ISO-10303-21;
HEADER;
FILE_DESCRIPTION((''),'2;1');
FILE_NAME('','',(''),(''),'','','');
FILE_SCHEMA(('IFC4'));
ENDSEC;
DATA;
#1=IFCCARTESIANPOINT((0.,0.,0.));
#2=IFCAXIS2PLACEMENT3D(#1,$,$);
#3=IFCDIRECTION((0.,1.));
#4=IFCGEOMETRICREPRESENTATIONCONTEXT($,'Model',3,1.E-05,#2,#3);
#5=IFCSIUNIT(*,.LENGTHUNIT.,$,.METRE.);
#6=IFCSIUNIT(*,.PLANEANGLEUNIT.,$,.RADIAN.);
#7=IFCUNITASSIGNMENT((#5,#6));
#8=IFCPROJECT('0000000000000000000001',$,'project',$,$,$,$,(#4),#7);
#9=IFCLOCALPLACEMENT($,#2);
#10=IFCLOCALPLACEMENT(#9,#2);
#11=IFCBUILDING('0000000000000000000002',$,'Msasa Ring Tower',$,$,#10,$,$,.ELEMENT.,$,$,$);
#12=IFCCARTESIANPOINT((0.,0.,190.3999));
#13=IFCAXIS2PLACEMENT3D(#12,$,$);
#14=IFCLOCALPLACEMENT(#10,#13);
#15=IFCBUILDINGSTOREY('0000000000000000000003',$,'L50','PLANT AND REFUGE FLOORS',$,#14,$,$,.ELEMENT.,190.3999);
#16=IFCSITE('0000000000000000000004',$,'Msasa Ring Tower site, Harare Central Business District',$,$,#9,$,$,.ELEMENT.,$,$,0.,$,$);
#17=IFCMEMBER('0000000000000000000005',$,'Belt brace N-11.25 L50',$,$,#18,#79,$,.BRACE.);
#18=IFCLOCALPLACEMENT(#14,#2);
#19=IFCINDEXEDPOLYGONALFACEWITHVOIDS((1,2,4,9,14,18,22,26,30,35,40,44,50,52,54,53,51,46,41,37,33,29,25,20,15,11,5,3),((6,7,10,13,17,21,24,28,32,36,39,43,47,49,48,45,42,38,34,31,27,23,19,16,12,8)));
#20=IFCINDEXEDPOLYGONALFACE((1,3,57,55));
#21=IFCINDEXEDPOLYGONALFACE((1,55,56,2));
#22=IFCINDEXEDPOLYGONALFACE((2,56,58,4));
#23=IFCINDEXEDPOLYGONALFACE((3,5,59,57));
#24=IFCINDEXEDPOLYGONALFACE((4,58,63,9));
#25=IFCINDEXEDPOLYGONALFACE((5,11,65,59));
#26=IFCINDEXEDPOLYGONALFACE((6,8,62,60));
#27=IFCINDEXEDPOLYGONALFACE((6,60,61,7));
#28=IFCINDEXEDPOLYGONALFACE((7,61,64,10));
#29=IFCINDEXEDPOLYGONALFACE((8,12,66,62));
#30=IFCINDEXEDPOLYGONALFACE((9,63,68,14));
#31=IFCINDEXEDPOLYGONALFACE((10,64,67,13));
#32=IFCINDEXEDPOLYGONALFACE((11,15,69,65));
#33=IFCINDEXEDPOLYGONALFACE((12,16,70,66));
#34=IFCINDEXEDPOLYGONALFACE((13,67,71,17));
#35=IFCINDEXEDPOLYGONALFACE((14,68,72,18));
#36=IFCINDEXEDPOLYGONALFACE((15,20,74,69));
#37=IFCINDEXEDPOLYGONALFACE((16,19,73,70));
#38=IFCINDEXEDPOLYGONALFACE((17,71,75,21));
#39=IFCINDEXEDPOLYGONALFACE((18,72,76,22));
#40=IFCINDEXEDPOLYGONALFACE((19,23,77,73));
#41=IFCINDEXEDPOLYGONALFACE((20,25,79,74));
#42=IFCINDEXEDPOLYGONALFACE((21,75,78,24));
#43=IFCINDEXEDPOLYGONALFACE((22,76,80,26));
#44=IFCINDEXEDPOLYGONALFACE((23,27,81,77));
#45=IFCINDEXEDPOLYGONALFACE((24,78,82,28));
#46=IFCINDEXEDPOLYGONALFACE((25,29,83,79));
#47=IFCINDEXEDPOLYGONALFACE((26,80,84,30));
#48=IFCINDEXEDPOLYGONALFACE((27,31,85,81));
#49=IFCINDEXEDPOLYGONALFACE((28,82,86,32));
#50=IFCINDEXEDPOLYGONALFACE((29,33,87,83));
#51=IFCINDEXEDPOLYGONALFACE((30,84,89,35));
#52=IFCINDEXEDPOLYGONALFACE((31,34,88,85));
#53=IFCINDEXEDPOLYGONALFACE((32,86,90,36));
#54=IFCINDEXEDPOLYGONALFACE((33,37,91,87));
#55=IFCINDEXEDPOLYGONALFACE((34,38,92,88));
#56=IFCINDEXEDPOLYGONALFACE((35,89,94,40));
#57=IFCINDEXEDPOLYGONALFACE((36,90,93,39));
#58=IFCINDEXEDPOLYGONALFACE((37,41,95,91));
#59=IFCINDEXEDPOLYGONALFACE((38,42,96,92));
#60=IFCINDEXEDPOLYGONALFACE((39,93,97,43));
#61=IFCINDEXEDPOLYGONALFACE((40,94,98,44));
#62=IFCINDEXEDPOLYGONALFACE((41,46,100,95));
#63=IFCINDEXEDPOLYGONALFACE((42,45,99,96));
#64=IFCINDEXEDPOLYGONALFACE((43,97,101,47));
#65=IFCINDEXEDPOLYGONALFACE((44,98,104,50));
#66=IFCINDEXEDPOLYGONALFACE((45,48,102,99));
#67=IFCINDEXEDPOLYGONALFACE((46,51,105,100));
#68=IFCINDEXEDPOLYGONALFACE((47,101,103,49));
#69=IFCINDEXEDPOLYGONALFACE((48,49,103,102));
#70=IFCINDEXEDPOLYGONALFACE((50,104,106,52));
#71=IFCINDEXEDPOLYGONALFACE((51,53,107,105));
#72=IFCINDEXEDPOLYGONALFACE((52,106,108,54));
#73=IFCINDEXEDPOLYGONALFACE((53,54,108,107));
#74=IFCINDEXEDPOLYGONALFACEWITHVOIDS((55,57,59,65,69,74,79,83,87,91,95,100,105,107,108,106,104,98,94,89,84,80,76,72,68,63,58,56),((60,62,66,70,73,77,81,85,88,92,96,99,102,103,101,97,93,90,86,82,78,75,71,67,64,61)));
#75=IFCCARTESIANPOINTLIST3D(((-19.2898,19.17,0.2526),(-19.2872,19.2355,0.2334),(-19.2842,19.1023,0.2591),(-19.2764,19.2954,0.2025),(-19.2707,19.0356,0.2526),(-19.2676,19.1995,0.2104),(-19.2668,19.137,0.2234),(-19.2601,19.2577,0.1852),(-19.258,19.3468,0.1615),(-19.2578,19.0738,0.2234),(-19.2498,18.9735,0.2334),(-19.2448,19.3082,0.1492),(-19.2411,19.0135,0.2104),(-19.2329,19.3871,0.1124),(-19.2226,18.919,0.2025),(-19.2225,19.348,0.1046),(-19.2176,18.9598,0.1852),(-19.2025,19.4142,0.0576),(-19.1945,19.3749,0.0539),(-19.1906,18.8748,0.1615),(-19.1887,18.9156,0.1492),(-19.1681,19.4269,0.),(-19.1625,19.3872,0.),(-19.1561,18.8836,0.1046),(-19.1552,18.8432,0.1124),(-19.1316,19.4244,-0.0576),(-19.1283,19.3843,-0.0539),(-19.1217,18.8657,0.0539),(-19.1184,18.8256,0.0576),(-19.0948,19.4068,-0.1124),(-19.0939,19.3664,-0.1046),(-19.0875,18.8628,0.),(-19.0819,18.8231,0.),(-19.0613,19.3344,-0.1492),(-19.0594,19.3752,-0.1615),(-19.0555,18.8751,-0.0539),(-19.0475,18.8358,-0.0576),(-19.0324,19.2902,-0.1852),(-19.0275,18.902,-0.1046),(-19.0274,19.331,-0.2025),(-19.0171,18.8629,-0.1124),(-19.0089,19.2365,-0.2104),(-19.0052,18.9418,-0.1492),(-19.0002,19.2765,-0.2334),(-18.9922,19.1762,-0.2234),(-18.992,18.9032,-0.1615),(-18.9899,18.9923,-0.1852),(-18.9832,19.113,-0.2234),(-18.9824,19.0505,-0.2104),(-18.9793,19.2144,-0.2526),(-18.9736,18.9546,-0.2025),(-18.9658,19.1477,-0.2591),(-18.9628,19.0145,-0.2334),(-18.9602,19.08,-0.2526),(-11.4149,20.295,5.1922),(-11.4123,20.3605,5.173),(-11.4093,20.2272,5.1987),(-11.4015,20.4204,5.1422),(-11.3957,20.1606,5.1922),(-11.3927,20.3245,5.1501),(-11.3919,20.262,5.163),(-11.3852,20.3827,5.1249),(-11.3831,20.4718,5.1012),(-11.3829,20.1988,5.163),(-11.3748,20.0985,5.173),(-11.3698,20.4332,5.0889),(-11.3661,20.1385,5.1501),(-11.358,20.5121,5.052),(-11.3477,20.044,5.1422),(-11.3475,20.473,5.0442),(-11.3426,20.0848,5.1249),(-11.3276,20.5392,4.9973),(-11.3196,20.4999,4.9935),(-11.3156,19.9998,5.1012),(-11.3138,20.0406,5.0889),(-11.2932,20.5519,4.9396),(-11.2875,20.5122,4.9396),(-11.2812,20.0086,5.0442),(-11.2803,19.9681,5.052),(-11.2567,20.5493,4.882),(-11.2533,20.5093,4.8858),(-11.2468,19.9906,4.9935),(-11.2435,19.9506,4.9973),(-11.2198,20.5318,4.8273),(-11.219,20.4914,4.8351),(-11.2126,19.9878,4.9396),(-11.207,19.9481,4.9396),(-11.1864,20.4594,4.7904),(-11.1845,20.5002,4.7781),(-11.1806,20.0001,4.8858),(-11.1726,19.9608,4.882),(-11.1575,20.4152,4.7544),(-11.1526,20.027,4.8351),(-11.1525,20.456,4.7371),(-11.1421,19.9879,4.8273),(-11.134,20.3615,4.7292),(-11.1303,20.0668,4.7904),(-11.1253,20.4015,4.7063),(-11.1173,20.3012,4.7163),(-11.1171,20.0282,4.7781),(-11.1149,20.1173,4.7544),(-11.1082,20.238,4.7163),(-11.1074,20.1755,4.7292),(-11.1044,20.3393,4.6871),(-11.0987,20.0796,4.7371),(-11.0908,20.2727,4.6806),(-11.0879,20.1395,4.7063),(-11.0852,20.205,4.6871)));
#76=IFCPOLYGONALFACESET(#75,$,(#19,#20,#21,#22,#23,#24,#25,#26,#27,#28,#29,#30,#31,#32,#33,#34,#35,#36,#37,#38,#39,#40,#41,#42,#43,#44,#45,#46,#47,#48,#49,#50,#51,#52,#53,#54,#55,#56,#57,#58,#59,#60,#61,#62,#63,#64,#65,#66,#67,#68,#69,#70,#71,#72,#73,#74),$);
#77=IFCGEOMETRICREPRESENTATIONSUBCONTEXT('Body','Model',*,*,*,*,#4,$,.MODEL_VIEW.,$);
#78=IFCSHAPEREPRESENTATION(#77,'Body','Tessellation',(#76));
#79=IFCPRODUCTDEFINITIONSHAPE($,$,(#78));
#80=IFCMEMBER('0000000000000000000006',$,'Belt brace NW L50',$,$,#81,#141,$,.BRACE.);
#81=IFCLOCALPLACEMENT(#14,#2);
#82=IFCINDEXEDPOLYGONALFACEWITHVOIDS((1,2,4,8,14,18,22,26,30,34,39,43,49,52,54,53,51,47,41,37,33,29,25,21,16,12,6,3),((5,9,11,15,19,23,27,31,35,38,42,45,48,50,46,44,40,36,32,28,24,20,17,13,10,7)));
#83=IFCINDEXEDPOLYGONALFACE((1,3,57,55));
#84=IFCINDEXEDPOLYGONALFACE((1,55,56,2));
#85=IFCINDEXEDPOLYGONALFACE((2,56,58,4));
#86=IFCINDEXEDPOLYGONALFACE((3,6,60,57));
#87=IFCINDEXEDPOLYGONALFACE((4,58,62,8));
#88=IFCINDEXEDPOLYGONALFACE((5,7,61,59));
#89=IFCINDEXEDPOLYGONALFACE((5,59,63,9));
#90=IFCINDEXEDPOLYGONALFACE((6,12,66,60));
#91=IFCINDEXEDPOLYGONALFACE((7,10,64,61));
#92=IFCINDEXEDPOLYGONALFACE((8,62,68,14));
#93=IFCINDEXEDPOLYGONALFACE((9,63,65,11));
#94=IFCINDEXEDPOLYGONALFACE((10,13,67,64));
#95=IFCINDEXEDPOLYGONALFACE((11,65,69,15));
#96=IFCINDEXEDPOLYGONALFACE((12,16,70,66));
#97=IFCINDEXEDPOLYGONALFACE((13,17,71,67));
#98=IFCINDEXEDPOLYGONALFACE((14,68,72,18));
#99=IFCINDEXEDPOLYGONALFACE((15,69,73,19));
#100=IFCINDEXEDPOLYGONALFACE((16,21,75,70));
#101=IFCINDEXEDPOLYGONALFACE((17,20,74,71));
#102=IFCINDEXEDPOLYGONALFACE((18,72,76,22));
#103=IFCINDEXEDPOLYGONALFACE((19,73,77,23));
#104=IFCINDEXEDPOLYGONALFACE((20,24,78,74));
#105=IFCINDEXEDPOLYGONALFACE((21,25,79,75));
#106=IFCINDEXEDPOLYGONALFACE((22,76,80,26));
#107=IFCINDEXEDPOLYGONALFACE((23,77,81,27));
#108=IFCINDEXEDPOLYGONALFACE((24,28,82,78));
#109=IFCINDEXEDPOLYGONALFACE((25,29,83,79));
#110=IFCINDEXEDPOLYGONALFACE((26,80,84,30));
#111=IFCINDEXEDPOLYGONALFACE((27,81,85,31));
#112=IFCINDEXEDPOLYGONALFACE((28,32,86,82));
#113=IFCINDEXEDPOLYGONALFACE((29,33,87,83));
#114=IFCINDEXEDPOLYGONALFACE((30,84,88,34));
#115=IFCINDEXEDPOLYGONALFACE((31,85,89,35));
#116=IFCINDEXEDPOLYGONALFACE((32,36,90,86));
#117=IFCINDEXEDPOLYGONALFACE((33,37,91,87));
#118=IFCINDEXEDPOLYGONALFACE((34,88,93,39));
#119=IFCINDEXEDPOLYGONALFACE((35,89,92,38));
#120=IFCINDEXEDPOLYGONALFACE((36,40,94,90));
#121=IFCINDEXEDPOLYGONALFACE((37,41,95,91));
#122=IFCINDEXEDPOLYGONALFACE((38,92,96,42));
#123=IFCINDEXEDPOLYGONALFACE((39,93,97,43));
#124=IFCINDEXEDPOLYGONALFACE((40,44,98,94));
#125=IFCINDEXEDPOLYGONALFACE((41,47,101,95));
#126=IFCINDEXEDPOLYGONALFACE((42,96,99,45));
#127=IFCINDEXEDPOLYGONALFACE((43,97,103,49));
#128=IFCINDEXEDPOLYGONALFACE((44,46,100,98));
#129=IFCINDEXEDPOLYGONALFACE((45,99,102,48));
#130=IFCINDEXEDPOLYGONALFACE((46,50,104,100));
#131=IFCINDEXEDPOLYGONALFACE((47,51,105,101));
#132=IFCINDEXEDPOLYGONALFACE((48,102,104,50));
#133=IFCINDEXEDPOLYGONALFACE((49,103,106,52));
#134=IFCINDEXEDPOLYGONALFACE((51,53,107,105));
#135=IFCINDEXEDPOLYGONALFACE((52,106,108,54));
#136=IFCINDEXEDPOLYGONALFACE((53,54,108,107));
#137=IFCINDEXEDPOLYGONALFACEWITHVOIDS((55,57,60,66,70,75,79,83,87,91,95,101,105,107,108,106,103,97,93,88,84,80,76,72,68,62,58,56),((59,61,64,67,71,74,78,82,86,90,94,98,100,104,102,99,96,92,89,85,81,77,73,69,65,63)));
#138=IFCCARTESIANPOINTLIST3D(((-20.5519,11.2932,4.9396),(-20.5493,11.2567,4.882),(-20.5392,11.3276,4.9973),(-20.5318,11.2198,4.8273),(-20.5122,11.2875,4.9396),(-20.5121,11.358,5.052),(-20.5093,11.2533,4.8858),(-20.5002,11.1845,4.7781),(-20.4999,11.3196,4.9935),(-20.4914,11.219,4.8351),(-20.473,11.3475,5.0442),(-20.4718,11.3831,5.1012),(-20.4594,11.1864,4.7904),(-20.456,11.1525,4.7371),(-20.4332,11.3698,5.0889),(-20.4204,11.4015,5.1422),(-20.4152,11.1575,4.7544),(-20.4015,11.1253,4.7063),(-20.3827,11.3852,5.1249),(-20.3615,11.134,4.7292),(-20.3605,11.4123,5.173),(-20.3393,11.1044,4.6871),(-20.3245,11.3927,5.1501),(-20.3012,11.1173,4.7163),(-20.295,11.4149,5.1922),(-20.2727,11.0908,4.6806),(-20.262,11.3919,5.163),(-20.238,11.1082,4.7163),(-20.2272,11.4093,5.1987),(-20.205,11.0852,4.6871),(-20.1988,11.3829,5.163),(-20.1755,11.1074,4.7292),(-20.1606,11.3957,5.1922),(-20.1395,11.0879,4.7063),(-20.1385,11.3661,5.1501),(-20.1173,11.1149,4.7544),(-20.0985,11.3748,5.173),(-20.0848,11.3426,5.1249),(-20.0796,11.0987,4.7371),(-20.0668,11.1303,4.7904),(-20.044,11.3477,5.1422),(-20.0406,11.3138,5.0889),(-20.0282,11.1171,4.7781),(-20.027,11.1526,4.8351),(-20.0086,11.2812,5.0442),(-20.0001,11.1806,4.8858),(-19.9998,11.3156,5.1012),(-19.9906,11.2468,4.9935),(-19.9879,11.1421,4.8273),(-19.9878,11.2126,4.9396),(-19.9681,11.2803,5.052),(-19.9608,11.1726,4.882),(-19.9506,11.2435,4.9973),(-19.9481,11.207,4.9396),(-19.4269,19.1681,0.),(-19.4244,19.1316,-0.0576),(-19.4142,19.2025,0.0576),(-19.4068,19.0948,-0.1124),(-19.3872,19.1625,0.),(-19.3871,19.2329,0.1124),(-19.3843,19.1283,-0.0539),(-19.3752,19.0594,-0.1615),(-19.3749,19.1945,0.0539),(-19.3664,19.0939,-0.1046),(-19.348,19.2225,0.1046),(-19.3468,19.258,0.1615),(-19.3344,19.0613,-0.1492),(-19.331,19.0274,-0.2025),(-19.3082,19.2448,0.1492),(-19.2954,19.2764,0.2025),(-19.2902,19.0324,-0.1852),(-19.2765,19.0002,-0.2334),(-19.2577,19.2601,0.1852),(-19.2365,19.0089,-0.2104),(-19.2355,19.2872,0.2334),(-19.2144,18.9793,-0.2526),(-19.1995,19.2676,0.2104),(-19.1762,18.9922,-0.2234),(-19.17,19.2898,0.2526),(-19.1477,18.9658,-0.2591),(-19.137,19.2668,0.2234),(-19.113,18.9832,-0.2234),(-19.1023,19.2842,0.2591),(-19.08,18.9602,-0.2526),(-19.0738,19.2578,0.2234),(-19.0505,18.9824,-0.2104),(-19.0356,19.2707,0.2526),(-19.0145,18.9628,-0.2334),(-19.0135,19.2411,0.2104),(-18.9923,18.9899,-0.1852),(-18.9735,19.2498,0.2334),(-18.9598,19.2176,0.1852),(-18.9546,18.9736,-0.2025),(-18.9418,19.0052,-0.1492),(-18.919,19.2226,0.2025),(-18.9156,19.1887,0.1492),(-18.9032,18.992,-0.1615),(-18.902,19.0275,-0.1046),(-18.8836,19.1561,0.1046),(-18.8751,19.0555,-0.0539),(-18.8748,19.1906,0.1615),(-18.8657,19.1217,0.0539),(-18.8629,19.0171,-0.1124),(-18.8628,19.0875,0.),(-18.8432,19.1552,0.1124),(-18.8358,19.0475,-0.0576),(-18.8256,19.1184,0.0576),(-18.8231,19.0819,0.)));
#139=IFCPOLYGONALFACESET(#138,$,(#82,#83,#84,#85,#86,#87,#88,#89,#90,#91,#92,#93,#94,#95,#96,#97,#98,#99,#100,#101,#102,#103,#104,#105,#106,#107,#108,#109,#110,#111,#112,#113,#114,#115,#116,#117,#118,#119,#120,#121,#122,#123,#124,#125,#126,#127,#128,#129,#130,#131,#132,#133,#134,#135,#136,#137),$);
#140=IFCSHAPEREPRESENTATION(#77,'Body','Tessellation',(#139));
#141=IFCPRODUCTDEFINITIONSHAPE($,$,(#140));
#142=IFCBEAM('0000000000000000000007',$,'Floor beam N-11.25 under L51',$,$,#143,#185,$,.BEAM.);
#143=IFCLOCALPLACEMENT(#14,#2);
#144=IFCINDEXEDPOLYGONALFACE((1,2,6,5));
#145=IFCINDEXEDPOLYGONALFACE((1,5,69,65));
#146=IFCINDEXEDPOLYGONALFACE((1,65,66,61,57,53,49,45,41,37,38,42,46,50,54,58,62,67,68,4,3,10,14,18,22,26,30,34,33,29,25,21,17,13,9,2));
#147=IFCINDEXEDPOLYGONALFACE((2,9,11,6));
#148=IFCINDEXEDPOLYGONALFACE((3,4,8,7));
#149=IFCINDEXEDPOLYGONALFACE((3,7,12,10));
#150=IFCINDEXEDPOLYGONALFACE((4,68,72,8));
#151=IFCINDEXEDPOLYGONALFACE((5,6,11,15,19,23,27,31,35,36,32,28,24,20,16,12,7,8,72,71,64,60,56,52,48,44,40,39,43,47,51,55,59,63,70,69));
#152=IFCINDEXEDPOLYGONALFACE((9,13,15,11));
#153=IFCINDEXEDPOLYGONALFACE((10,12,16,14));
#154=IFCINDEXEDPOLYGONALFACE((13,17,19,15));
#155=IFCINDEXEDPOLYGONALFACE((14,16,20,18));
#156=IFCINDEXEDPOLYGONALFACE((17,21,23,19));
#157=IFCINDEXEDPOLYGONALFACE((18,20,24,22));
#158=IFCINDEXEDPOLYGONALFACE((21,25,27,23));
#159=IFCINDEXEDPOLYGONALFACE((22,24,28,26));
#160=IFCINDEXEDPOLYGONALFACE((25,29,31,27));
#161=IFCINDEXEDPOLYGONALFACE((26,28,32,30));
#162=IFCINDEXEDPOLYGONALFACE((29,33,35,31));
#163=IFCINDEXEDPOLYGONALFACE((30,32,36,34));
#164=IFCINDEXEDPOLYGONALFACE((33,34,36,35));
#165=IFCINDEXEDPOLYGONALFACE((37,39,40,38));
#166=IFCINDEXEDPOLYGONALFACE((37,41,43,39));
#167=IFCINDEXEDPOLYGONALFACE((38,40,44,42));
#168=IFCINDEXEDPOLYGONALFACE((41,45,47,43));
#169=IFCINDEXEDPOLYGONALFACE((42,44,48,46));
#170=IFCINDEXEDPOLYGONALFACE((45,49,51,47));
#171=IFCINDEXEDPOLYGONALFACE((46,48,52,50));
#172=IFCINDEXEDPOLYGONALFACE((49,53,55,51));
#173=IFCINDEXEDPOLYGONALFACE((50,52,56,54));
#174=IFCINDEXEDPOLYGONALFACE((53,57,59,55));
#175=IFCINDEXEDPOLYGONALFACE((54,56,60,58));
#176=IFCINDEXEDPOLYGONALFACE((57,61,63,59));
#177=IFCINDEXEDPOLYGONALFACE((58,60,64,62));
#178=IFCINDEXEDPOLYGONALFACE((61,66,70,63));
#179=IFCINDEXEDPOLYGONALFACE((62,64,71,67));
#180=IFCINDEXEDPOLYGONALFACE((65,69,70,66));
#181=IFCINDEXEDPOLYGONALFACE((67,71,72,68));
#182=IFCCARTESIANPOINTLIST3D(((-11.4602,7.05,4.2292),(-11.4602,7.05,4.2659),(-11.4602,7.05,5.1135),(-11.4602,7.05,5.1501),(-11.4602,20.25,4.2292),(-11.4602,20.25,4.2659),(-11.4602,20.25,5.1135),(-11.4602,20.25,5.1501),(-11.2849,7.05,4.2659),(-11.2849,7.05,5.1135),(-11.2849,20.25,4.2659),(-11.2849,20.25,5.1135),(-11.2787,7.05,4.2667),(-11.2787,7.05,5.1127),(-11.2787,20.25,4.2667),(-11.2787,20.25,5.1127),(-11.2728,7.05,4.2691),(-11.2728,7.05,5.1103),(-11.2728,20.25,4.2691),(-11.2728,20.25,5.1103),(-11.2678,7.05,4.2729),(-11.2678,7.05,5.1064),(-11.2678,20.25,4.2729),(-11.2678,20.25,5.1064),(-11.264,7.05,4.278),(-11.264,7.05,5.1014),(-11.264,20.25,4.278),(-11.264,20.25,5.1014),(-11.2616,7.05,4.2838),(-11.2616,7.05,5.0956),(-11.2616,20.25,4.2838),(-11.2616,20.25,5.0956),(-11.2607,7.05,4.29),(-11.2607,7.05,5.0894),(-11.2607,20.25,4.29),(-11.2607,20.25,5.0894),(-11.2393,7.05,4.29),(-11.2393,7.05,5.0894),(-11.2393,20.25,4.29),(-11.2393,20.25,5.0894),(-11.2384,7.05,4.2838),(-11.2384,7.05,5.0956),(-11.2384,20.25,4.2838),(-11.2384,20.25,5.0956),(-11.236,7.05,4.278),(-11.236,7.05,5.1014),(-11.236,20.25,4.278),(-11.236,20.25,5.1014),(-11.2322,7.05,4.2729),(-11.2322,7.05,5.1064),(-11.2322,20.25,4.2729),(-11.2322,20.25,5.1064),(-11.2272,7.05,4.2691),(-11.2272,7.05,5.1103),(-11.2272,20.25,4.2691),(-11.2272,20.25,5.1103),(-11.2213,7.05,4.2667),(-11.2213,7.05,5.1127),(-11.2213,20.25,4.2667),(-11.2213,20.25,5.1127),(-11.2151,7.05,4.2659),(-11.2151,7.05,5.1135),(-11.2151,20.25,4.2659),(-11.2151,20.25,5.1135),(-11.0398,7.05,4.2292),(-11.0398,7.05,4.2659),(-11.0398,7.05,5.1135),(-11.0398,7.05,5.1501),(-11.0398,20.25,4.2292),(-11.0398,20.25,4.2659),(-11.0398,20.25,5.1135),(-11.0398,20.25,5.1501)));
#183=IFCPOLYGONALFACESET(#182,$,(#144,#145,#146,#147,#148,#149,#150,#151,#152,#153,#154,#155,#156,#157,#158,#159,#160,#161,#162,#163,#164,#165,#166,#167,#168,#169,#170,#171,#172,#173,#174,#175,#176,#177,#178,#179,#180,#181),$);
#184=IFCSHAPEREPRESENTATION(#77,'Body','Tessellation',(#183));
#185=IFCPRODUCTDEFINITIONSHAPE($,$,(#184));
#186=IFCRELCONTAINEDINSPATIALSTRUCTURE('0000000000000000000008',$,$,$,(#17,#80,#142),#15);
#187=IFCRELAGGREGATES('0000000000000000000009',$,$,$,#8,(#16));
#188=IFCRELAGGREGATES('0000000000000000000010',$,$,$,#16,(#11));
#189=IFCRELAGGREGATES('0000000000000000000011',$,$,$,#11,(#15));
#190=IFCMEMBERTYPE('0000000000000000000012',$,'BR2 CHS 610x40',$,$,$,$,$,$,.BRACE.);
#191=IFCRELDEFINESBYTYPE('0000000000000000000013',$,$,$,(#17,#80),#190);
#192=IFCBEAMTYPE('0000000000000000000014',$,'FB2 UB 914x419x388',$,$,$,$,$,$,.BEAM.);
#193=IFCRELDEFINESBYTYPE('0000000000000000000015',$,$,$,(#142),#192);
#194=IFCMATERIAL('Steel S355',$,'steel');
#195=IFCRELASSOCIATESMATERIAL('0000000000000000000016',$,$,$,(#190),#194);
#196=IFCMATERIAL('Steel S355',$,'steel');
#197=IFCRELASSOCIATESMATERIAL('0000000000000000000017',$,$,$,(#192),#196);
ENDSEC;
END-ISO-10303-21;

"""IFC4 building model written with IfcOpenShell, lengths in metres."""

from ifc_helpers import new_model, si_unit, direction, frame, origin, origin_2d, place, context, subcontext, project, spatial, hollow_circle, i_section, extrude, material, material_profile, profile_set, type_object, element, save


model = new_model("IFC4")

# Units and contexts
model_context = context("Model", 3, precision=1e-05, world=origin(), true_north=direction((0.0, 1.0)))
body_context = subcontext(model_context, "Body", "Model", "MODEL_VIEW")
ifc_project = project(units=[si_unit("LENGTHUNIT", "METRE"), si_unit("PLANEANGLEUNIT", "RADIAN")], contexts=[model_context])

# Site, building, storey
site_placement = place(None, origin())
site = spatial("IfcSite", under=ifc_project, at=site_placement, Name="Msasa Ring Tower site, Harare Central Business District", CompositionType="ELEMENT", RefElevation=0.0)
building_placement = place(site_placement, origin())
building = spatial("IfcBuilding", under=site, at=building_placement, Name="Msasa Ring Tower", CompositionType="ELEMENT")
storey_placement = place(building_placement, frame((0.0, 0.0, 190.3999)))
storey = spatial("IfcBuildingStorey", under=building, at=storey_placement, Name="L50", Description="PLANT AND REFUGE FLOORS", CompositionType="ELEMENT", Elevation=190.3999)

# Members
ifc_material_1 = material(Name="Steel S355", Category="steel")
ifc_material_profile_1 = material_profile(ifc_material_1, hollow_circle(Radius=0.3049, WallThickness=0.04, at=origin_2d()), Name="CHS 610x40")
ifc_profile_set_1 = profile_set([ifc_material_profile_1], Name="Steel S355")
member_type = type_object("IfcMemberType", Name="BR2 CHS 610x40", PredefinedType="BRACE", material=ifc_profile_set_1)
for number, where, z_axis, x_axis, name in (
    (1, (-19.125, 19.125, 0.0), (0.840999, 0.120143, 0.527528), (-0.141421, 0.989949, 0.0), "Belt brace N-11.25 L50"),
    (2, (-19.125, 19.125, 0.0), (-0.120143, -0.840999, 0.527528), (0.989949, -0.141421, 0.0), "Belt brace NW L50"),
):
    element("IfcMember", number, at=place(storey_placement, frame(where, z_axis=z_axis, x_axis=x_axis)), inside=storey, type_object=member_type, Name=name, PredefinedType="BRACE", context=body_context, shape_type="SweptSolid", body=[
        extrude(hollow_circle(Radius=0.3049, WallThickness=0.04, at=origin_2d()), origin(), (0.0, 0.0, 1.0), 9.3638),
    ])

# Beam
ifc_material_2 = material(Name="Steel S355", Category="steel")
ifc_material_profile_2 = material_profile(ifc_material_2, i_section(OverallWidth=0.4204, OverallDepth=0.9209, WebThickness=0.0215, FlangeThickness=0.0366, FilletRadius=0.0242, at=origin_2d()), Name="UB 914x419x388")
ifc_profile_set_2 = profile_set([ifc_material_profile_2], Name="Steel S355")
beam_type_1 = type_object("IfcBeamType", Name="FB2 UB 914x419x388", PredefinedType="BEAM", material=ifc_profile_set_2)
beam_1_placement = place(storey_placement, frame((-11.25, 20.25, 4.6897), z_axis=(0.0, -1.0, 0.0), x_axis=(1.0, 0.0, 0.0)))
element("IfcBeam", 3, at=beam_1_placement, inside=storey, type_object=beam_type_1, Name="Floor beam N-11.25 under L51", PredefinedType="BEAM", context=body_context, shape_type="SweptSolid", body=[
    extrude(i_section(OverallWidth=0.4204, OverallDepth=0.9209, WebThickness=0.0215, FlangeThickness=0.0366, FilletRadius=0.0242, at=origin_2d()), origin(), (0.0, 0.0, 1.0), 13.2),
])

save(model, "model.ifc")
